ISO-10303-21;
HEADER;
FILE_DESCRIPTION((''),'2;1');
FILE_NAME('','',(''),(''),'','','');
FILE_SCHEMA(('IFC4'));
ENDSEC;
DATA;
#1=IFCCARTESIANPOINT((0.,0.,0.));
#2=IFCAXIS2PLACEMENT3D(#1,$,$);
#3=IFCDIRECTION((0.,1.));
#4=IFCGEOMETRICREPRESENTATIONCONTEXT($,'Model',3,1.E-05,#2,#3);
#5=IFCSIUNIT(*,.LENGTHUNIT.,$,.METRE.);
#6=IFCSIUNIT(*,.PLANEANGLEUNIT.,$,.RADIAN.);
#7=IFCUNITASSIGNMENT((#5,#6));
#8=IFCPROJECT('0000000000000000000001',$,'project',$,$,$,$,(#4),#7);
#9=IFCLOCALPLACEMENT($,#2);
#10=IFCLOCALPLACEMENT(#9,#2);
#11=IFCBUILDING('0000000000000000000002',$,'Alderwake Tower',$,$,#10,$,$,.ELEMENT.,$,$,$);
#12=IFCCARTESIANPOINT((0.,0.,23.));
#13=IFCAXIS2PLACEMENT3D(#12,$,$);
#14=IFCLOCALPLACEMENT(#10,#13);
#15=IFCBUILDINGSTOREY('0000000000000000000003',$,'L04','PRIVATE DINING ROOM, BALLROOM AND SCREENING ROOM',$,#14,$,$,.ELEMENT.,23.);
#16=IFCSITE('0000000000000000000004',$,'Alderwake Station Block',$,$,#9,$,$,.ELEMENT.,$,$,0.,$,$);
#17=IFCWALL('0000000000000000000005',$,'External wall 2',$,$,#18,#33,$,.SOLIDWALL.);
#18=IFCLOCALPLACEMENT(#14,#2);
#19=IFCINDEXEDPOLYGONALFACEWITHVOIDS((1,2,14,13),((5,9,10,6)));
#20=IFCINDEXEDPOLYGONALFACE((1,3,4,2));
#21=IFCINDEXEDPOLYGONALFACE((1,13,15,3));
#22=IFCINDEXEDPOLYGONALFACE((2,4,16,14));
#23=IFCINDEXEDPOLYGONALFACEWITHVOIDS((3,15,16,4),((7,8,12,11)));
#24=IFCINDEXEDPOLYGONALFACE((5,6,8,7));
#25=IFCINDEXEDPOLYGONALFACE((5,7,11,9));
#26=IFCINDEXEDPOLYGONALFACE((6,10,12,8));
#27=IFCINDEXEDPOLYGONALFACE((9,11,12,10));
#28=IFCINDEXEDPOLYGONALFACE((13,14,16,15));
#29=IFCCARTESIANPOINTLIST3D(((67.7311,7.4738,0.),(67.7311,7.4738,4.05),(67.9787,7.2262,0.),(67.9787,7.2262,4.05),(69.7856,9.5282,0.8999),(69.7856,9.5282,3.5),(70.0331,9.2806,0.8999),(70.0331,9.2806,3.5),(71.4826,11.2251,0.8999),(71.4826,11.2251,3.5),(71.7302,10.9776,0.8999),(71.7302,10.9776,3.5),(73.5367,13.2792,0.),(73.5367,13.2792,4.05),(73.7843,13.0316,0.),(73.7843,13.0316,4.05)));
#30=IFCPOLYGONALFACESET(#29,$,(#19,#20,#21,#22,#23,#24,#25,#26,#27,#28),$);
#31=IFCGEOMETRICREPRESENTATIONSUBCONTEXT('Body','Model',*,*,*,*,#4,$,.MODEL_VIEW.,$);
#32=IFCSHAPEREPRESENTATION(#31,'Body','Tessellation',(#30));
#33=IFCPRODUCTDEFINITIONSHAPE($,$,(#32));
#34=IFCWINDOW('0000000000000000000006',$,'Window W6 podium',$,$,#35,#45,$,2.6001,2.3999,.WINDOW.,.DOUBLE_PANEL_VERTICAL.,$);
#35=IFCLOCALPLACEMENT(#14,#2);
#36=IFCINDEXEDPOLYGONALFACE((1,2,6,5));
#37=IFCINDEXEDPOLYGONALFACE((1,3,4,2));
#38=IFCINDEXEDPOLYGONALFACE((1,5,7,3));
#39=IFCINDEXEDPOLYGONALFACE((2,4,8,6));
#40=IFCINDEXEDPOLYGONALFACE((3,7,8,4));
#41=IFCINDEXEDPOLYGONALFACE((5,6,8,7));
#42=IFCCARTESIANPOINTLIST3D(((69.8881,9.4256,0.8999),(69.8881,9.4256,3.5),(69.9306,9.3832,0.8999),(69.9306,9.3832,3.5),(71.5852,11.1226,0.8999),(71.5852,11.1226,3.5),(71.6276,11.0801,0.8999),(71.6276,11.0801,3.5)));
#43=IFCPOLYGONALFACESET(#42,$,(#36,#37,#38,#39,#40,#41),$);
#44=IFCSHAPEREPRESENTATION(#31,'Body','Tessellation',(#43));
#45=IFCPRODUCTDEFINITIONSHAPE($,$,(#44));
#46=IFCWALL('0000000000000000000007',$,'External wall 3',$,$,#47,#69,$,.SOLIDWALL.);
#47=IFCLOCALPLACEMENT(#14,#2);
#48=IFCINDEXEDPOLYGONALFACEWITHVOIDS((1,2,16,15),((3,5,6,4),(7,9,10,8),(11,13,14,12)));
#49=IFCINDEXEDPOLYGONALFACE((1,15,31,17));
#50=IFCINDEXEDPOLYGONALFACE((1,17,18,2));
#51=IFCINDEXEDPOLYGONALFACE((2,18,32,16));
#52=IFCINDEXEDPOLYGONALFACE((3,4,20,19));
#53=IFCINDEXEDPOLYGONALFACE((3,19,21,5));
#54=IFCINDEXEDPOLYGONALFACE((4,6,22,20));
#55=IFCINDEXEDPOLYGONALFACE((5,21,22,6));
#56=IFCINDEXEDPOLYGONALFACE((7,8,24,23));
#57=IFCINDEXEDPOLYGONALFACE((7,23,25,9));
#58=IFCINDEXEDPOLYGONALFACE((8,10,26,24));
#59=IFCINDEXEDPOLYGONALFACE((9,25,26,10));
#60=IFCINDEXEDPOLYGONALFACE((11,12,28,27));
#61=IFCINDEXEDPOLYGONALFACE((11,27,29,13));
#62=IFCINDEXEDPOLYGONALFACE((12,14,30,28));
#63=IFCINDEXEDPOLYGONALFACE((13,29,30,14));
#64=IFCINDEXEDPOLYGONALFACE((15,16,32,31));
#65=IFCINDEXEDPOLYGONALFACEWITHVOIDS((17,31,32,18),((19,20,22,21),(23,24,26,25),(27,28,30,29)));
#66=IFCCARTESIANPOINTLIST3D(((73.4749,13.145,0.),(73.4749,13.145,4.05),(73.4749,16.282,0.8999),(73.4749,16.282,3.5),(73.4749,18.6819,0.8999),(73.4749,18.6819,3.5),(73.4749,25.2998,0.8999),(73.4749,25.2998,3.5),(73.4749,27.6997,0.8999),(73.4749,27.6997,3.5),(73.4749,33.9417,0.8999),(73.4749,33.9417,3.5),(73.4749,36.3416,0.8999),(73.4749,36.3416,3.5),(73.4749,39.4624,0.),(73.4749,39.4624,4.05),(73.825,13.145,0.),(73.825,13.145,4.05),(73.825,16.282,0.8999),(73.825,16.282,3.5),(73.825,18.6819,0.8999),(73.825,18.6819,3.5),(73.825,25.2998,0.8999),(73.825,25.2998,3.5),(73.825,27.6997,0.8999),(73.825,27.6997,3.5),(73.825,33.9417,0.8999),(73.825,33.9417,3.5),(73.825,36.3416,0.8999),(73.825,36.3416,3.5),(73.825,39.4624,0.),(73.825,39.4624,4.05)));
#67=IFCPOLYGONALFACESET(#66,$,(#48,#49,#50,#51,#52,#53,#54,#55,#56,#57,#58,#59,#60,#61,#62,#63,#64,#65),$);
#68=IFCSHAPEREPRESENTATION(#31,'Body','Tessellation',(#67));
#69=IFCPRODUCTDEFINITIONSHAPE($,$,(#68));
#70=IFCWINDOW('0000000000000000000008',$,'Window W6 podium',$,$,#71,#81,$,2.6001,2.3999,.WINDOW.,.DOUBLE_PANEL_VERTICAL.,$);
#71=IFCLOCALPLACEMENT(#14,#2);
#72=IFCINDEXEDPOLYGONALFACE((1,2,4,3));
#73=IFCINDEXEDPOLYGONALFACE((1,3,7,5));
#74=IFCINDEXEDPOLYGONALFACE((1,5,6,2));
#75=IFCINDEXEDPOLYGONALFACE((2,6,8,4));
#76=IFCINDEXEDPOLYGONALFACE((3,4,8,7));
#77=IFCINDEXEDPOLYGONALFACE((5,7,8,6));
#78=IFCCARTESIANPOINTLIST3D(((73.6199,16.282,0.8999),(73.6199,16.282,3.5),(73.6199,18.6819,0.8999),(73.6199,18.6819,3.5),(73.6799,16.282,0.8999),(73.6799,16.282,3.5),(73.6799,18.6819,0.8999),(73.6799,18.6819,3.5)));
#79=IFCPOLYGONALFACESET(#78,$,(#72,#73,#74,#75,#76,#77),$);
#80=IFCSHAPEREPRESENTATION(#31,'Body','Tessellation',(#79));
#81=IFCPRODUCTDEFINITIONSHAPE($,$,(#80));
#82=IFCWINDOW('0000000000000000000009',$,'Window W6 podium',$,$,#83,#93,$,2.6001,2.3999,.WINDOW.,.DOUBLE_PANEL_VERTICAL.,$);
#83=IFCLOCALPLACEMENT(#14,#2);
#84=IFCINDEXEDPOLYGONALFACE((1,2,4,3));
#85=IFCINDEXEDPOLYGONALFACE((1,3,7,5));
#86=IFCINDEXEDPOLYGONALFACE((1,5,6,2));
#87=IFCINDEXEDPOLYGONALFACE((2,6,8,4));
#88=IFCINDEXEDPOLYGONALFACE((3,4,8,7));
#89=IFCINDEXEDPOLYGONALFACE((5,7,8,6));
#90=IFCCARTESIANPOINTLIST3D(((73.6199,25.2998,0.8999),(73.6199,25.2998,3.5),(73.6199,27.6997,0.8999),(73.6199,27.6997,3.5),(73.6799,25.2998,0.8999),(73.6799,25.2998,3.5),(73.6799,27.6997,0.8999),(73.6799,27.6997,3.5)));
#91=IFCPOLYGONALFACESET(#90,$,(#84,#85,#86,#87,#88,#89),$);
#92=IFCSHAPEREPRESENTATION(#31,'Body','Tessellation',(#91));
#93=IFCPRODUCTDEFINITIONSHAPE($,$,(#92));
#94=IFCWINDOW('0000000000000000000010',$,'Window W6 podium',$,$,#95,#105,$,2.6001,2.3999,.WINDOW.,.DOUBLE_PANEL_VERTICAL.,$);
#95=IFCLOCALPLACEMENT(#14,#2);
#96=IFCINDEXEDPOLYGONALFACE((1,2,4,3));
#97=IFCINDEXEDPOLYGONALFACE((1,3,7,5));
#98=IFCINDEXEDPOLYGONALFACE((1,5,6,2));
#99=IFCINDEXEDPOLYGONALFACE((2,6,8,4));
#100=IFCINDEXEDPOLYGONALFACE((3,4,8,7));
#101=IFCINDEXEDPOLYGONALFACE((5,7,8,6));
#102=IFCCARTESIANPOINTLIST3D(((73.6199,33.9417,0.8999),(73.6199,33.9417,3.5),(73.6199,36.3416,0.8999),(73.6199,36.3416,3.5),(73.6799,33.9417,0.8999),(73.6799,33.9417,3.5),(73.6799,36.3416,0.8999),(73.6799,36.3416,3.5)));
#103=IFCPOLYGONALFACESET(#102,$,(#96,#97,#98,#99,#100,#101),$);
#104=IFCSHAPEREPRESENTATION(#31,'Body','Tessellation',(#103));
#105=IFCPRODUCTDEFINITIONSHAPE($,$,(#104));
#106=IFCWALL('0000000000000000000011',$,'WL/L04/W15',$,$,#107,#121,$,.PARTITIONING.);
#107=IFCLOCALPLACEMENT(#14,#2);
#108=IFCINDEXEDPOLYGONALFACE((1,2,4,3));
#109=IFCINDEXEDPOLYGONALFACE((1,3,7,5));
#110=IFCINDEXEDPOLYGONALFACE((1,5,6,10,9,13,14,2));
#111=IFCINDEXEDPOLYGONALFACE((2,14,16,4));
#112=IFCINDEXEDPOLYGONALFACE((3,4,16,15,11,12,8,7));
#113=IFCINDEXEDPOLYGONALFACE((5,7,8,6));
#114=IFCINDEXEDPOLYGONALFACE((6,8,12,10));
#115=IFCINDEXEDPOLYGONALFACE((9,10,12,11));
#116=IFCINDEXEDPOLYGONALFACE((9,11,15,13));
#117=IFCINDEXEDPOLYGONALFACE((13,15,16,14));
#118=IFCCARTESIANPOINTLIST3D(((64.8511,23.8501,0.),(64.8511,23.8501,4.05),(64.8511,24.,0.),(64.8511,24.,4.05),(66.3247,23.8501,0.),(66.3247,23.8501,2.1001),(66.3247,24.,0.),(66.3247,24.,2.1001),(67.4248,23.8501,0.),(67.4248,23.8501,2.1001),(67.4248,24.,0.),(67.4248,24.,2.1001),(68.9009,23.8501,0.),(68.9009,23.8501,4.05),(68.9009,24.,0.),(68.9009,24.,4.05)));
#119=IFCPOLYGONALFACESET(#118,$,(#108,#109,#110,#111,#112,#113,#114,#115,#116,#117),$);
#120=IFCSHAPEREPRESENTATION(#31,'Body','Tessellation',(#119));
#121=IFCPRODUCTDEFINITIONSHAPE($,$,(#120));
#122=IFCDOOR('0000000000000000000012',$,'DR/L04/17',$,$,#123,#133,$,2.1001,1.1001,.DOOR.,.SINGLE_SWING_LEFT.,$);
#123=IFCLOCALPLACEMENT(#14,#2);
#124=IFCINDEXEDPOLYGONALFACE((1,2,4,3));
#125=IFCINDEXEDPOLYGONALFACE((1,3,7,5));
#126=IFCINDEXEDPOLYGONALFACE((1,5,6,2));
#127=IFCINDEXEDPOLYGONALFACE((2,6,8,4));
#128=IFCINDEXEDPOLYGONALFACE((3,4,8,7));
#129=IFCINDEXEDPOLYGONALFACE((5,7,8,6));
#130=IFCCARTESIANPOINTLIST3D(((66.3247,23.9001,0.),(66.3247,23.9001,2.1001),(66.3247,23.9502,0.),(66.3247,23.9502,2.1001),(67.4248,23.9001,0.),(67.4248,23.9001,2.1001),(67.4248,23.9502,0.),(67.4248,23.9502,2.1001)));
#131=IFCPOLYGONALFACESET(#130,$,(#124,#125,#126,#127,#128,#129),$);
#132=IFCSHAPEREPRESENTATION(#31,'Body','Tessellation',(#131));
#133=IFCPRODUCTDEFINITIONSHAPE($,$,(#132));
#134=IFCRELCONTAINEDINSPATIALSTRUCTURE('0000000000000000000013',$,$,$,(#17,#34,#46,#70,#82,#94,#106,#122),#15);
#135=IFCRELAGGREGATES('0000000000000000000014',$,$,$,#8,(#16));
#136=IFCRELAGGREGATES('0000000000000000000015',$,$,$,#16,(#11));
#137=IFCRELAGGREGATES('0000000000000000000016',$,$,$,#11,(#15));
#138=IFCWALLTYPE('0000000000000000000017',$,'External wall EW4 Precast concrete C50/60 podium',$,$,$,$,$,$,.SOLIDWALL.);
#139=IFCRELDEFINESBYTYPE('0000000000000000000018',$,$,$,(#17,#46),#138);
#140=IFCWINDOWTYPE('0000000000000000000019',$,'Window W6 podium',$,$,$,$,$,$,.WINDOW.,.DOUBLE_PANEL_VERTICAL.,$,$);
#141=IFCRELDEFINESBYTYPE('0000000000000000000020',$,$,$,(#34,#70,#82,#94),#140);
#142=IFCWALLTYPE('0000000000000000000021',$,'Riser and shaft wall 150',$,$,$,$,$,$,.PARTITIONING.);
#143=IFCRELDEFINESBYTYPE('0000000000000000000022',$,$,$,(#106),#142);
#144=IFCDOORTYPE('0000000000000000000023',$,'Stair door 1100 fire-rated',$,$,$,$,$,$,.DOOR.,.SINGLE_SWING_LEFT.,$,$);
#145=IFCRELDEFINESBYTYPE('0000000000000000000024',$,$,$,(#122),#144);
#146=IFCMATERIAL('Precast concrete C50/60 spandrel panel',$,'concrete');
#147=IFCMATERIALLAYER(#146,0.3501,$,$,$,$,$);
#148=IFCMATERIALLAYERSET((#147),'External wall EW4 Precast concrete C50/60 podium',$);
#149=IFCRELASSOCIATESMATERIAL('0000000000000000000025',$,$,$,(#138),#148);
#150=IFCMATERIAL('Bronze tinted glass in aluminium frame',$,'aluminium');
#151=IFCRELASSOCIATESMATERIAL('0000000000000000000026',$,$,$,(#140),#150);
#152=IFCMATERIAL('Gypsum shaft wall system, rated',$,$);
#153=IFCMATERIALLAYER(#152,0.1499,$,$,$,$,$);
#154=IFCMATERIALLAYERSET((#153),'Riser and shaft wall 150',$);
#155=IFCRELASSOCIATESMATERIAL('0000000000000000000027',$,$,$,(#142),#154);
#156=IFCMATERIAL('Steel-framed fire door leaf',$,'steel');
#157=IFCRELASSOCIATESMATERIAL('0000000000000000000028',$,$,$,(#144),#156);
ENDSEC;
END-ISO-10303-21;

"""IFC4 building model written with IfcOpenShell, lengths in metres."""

from ifc_helpers import new_model, si_unit, direction, frame, frame_2d, origin, place, context, subcontext, project, spatial, rectangle, extrude, material, layer, layer_set, type_object, element, fill, save


model = new_model("IFC4")

# Units and contexts
model_context = context("Model", 3, precision=1e-05, world=origin(), true_north=direction((0.0, 1.0)))
body_context = subcontext(model_context, "Body", "Model", "MODEL_VIEW")
ifc_project = project(units=[si_unit("LENGTHUNIT", "METRE"), si_unit("PLANEANGLEUNIT", "RADIAN")], contexts=[model_context])

# Site, building, storey
site_placement = place(None, origin())
site = spatial("IfcSite", under=ifc_project, at=site_placement, Name="Alderwake Station Block", CompositionType="ELEMENT", RefElevation=0.0)
building_placement = place(site_placement, origin())
building = spatial("IfcBuilding", under=site, at=building_placement, Name="Alderwake Tower", CompositionType="ELEMENT")
storey_placement = place(building_placement, frame((0.0, 0.0, 23.0)))
storey = spatial("IfcBuildingStorey", under=building, at=storey_placement, Name="L04", Description="PRIVATE DINING ROOM, BALLROOM AND SCREENING ROOM", CompositionType="ELEMENT", Elevation=23.0)

# Wall, opening, window
ifc_material_1 = material(Name="Precast concrete C50/60 spandrel panel", Category="concrete")
ifc_layer_1 = layer(ifc_material_1, 0.3501)
ifc_layer_set_1 = layer_set([ifc_layer_1], Name="External wall EW4 Precast concrete C50/60 podium")
wall_type_1 = type_object("IfcWallType", Name="External wall EW4 Precast concrete C50/60 podium", PredefinedType="SOLIDWALL", material=ifc_layer_set_1)
wall_1_placement = place(storey_placement, frame((67.855, 7.3501, 0.0), z_axis=(0.0, 0.0, 1.0), x_axis=(0.707122, 0.707092, 0.0)))
wall_1 = element("IfcWall", 1, at=wall_1_placement, inside=storey, type_object=wall_type_1, Name="External wall 2", PredefinedType="SOLIDWALL", context=body_context, shape_type="SweptSolid", body=[
    extrude(rectangle(XDim=8.2102, YDim=0.3501, at=frame_2d((4.105, 0.0))), origin(), (0.0, 0.0, 1.0), 4.05),
])
opening_1_placement = place(wall_1_placement, frame((2.9053, 0.0, 0.8999)))
opening_1 = element("IfcOpeningElement", 2, at=opening_1_placement, cuts=wall_1, PredefinedType="OPENING", context=body_context, shape_type="SweptSolid", body=[
    extrude(rectangle(XDim=2.3999, YDim=2.6001, at=frame_2d((1.2, 1.3))), frame((0.0, 0.1851, 0.0), z_axis=(0.0, -1.0, 0.0), x_axis=(1.0, 0.0, 0.0)), (0.0, 0.0, 1.0), 0.3701),
])
ifc_material_2 = material(Name="Bronze tinted glass in aluminium frame", Category="aluminium")
window_type = type_object("IfcWindowType", Name="Window W6 podium", PartitioningType="DOUBLE_PANEL_VERTICAL", PredefinedType="WINDOW", material=ifc_material_2)
window_1_placement = place(opening_1_placement, origin())
window_1 = element("IfcWindow", 3, at=window_1_placement, inside=storey, type_object=window_type, Name="Window W6 podium", OverallHeight=2.6001, OverallWidth=2.3999, PartitioningType="DOUBLE_PANEL_VERTICAL", PredefinedType="WINDOW", context=body_context, shape_type="SweptSolid", body=[
    extrude(rectangle(XDim=2.3999, YDim=2.6001, at=frame_2d((1.2, 1.3))), frame((0.0, 0.03, 0.0), z_axis=(0.0, -1.0, 0.0), x_axis=(1.0, 0.0, 0.0)), (0.0, 0.0, 1.0), 0.0601),
])
fill(opening_1, window_1)

# Wall, openings, windows
wall_2_placement = place(storey_placement, frame((73.6499, 13.145, 0.0), z_axis=(0.0, 0.0, 1.0), x_axis=(0.0, 1.0, 0.0)))
wall_2 = element("IfcWall", 4, at=wall_2_placement, inside=storey, type_object=wall_type_1, Name="External wall 3", PredefinedType="SOLIDWALL", context=body_context, shape_type="SweptSolid", body=[
    extrude(rectangle(XDim=26.3174, YDim=0.3501, at=frame_2d((13.1587, 0.0))), origin(), (0.0, 0.0, 1.0), 4.05),
])
opening_2_placement = place(wall_2_placement, frame((3.137, 0.0, 0.8999)))
opening_2 = element("IfcOpeningElement", 5, at=opening_2_placement, cuts=wall_2, PredefinedType="OPENING", context=body_context, shape_type="SweptSolid", body=[
    extrude(rectangle(XDim=2.3999, YDim=2.6001, at=frame_2d((1.2, 1.3))), frame((0.0, 0.1851, 0.0), z_axis=(0.0, -1.0, 0.0), x_axis=(1.0, 0.0, 0.0)), (0.0, 0.0, 1.0), 0.3701),
])
opening_3_placement = place(wall_2_placement, frame((12.1548, 0.0, 0.8999)))
opening_3 = element("IfcOpeningElement", 6, at=opening_3_placement, cuts=wall_2, PredefinedType="OPENING", context=body_context, shape_type="SweptSolid", body=[
    extrude(rectangle(XDim=2.3999, YDim=2.6001, at=frame_2d((1.2, 1.3))), frame((0.0, 0.1851, 0.0), z_axis=(0.0, -1.0, 0.0), x_axis=(1.0, 0.0, 0.0)), (0.0, 0.0, 1.0), 0.3701),
])
opening_4_placement = place(wall_2_placement, frame((20.7966, 0.0, 0.8999)))
opening_4 = element("IfcOpeningElement", 7, at=opening_4_placement, cuts=wall_2, PredefinedType="OPENING", context=body_context, shape_type="SweptSolid", body=[
    extrude(rectangle(XDim=2.3999, YDim=2.6001, at=frame_2d((1.2, 1.3))), frame((0.0, 0.1851, 0.0), z_axis=(0.0, -1.0, 0.0), x_axis=(1.0, 0.0, 0.0)), (0.0, 0.0, 1.0), 0.3701),
])
window_2_placement = place(opening_2_placement, origin())
window_2 = element("IfcWindow", 8, at=window_2_placement, inside=storey, type_object=window_type, Name="Window W6 podium", OverallHeight=2.6001, OverallWidth=2.3999, PartitioningType="DOUBLE_PANEL_VERTICAL", PredefinedType="WINDOW", context=body_context, shape_type="SweptSolid", body=[
    extrude(rectangle(XDim=2.3999, YDim=2.6001, at=frame_2d((1.2, 1.3))), frame((0.0, 0.03, 0.0), z_axis=(0.0, -1.0, 0.0), x_axis=(1.0, 0.0, 0.0)), (0.0, 0.0, 1.0), 0.0601),
])
fill(opening_2, window_2)
window_3_placement = place(opening_3_placement, origin())
window_3 = element("IfcWindow", 9, at=window_3_placement, inside=storey, type_object=window_type, Name="Window W6 podium", OverallHeight=2.6001, OverallWidth=2.3999, PartitioningType="DOUBLE_PANEL_VERTICAL", PredefinedType="WINDOW", context=body_context, shape_type="SweptSolid", body=[
    extrude(rectangle(XDim=2.3999, YDim=2.6001, at=frame_2d((1.2, 1.3))), frame((0.0, 0.03, 0.0), z_axis=(0.0, -1.0, 0.0), x_axis=(1.0, 0.0, 0.0)), (0.0, 0.0, 1.0), 0.0601),
])
fill(opening_3, window_3)
window_4_placement = place(opening_4_placement, origin())
window_4 = element("IfcWindow", 10, at=window_4_placement, inside=storey, type_object=window_type, Name="Window W6 podium", OverallHeight=2.6001, OverallWidth=2.3999, PartitioningType="DOUBLE_PANEL_VERTICAL", PredefinedType="WINDOW", context=body_context, shape_type="SweptSolid", body=[
    extrude(rectangle(XDim=2.3999, YDim=2.6001, at=frame_2d((1.2, 1.3))), frame((0.0, 0.03, 0.0), z_axis=(0.0, -1.0, 0.0), x_axis=(1.0, 0.0, 0.0)), (0.0, 0.0, 1.0), 0.0601),
])
fill(opening_4, window_4)

# Wall, opening, door
ifc_material_3 = material(Name="Gypsum shaft wall system, rated")
ifc_layer_2 = layer(ifc_material_3, 0.1499)
ifc_layer_set_2 = layer_set([ifc_layer_2], Name="Riser and shaft wall 150")
wall_type_2 = type_object("IfcWallType", Name="Riser and shaft wall 150", PredefinedType="PARTITIONING", material=ifc_layer_set_2)
wall_3_placement = place(storey_placement, frame((68.9009, 23.925, 0.0), z_axis=(0.0, 0.0, 1.0), x_axis=(-1.0, 0.0, 0.0)))
wall_3 = element("IfcWall", 11, at=wall_3_placement, inside=storey, type_object=wall_type_2, Name="WL/L04/W15", PredefinedType="PARTITIONING", context=body_context, shape_type="SweptSolid", body=[
    extrude(rectangle(XDim=4.0498, YDim=0.1499, at=frame_2d((2.0249, 0.0))), origin(), (0.0, 0.0, 1.0), 4.05),
])
opening_5_placement = place(wall_3_placement, frame((1.4761, 0.0, 0.0)))
opening_5 = element("IfcOpeningElement", 12, at=opening_5_placement, cuts=wall_3, PredefinedType="OPENING", context=body_context, shape_type="SweptSolid", body=[
    extrude(rectangle(XDim=1.1001, YDim=2.1001, at=frame_2d((0.55, 1.05))), frame((0.0, 0.085, 0.0), z_axis=(0.0, -1.0, 0.0), x_axis=(1.0, 0.0, 0.0)), (0.0, 0.0, 1.0), 0.1699),
])
ifc_material_4 = material(Name="Steel-framed fire door leaf", Category="steel")
door_type_1 = type_object("IfcDoorType", Name="Stair door 1100 fire-rated", OperationType="SINGLE_SWING_LEFT", PredefinedType="DOOR", material=ifc_material_4)
door_1_placement = place(opening_5_placement, origin())
door_1 = element("IfcDoor", 13, at=door_1_placement, inside=storey, type_object=door_type_1, Name="DR/L04/17", OperationType="SINGLE_SWING_LEFT", OverallHeight=2.1001, OverallWidth=1.1001, PredefinedType="DOOR", context=body_context, shape_type="SweptSolid", body=[
    extrude(rectangle(XDim=1.1001, YDim=2.1001, at=frame_2d((0.55, 1.05))), frame((0.0, 0.0249, 0.0), z_axis=(0.0, -1.0, 0.0), x_axis=(1.0, 0.0, 0.0)), (0.0, 0.0, 1.0), 0.05),
])
fill(opening_5, door_1)

save(model, "model.ifc")
